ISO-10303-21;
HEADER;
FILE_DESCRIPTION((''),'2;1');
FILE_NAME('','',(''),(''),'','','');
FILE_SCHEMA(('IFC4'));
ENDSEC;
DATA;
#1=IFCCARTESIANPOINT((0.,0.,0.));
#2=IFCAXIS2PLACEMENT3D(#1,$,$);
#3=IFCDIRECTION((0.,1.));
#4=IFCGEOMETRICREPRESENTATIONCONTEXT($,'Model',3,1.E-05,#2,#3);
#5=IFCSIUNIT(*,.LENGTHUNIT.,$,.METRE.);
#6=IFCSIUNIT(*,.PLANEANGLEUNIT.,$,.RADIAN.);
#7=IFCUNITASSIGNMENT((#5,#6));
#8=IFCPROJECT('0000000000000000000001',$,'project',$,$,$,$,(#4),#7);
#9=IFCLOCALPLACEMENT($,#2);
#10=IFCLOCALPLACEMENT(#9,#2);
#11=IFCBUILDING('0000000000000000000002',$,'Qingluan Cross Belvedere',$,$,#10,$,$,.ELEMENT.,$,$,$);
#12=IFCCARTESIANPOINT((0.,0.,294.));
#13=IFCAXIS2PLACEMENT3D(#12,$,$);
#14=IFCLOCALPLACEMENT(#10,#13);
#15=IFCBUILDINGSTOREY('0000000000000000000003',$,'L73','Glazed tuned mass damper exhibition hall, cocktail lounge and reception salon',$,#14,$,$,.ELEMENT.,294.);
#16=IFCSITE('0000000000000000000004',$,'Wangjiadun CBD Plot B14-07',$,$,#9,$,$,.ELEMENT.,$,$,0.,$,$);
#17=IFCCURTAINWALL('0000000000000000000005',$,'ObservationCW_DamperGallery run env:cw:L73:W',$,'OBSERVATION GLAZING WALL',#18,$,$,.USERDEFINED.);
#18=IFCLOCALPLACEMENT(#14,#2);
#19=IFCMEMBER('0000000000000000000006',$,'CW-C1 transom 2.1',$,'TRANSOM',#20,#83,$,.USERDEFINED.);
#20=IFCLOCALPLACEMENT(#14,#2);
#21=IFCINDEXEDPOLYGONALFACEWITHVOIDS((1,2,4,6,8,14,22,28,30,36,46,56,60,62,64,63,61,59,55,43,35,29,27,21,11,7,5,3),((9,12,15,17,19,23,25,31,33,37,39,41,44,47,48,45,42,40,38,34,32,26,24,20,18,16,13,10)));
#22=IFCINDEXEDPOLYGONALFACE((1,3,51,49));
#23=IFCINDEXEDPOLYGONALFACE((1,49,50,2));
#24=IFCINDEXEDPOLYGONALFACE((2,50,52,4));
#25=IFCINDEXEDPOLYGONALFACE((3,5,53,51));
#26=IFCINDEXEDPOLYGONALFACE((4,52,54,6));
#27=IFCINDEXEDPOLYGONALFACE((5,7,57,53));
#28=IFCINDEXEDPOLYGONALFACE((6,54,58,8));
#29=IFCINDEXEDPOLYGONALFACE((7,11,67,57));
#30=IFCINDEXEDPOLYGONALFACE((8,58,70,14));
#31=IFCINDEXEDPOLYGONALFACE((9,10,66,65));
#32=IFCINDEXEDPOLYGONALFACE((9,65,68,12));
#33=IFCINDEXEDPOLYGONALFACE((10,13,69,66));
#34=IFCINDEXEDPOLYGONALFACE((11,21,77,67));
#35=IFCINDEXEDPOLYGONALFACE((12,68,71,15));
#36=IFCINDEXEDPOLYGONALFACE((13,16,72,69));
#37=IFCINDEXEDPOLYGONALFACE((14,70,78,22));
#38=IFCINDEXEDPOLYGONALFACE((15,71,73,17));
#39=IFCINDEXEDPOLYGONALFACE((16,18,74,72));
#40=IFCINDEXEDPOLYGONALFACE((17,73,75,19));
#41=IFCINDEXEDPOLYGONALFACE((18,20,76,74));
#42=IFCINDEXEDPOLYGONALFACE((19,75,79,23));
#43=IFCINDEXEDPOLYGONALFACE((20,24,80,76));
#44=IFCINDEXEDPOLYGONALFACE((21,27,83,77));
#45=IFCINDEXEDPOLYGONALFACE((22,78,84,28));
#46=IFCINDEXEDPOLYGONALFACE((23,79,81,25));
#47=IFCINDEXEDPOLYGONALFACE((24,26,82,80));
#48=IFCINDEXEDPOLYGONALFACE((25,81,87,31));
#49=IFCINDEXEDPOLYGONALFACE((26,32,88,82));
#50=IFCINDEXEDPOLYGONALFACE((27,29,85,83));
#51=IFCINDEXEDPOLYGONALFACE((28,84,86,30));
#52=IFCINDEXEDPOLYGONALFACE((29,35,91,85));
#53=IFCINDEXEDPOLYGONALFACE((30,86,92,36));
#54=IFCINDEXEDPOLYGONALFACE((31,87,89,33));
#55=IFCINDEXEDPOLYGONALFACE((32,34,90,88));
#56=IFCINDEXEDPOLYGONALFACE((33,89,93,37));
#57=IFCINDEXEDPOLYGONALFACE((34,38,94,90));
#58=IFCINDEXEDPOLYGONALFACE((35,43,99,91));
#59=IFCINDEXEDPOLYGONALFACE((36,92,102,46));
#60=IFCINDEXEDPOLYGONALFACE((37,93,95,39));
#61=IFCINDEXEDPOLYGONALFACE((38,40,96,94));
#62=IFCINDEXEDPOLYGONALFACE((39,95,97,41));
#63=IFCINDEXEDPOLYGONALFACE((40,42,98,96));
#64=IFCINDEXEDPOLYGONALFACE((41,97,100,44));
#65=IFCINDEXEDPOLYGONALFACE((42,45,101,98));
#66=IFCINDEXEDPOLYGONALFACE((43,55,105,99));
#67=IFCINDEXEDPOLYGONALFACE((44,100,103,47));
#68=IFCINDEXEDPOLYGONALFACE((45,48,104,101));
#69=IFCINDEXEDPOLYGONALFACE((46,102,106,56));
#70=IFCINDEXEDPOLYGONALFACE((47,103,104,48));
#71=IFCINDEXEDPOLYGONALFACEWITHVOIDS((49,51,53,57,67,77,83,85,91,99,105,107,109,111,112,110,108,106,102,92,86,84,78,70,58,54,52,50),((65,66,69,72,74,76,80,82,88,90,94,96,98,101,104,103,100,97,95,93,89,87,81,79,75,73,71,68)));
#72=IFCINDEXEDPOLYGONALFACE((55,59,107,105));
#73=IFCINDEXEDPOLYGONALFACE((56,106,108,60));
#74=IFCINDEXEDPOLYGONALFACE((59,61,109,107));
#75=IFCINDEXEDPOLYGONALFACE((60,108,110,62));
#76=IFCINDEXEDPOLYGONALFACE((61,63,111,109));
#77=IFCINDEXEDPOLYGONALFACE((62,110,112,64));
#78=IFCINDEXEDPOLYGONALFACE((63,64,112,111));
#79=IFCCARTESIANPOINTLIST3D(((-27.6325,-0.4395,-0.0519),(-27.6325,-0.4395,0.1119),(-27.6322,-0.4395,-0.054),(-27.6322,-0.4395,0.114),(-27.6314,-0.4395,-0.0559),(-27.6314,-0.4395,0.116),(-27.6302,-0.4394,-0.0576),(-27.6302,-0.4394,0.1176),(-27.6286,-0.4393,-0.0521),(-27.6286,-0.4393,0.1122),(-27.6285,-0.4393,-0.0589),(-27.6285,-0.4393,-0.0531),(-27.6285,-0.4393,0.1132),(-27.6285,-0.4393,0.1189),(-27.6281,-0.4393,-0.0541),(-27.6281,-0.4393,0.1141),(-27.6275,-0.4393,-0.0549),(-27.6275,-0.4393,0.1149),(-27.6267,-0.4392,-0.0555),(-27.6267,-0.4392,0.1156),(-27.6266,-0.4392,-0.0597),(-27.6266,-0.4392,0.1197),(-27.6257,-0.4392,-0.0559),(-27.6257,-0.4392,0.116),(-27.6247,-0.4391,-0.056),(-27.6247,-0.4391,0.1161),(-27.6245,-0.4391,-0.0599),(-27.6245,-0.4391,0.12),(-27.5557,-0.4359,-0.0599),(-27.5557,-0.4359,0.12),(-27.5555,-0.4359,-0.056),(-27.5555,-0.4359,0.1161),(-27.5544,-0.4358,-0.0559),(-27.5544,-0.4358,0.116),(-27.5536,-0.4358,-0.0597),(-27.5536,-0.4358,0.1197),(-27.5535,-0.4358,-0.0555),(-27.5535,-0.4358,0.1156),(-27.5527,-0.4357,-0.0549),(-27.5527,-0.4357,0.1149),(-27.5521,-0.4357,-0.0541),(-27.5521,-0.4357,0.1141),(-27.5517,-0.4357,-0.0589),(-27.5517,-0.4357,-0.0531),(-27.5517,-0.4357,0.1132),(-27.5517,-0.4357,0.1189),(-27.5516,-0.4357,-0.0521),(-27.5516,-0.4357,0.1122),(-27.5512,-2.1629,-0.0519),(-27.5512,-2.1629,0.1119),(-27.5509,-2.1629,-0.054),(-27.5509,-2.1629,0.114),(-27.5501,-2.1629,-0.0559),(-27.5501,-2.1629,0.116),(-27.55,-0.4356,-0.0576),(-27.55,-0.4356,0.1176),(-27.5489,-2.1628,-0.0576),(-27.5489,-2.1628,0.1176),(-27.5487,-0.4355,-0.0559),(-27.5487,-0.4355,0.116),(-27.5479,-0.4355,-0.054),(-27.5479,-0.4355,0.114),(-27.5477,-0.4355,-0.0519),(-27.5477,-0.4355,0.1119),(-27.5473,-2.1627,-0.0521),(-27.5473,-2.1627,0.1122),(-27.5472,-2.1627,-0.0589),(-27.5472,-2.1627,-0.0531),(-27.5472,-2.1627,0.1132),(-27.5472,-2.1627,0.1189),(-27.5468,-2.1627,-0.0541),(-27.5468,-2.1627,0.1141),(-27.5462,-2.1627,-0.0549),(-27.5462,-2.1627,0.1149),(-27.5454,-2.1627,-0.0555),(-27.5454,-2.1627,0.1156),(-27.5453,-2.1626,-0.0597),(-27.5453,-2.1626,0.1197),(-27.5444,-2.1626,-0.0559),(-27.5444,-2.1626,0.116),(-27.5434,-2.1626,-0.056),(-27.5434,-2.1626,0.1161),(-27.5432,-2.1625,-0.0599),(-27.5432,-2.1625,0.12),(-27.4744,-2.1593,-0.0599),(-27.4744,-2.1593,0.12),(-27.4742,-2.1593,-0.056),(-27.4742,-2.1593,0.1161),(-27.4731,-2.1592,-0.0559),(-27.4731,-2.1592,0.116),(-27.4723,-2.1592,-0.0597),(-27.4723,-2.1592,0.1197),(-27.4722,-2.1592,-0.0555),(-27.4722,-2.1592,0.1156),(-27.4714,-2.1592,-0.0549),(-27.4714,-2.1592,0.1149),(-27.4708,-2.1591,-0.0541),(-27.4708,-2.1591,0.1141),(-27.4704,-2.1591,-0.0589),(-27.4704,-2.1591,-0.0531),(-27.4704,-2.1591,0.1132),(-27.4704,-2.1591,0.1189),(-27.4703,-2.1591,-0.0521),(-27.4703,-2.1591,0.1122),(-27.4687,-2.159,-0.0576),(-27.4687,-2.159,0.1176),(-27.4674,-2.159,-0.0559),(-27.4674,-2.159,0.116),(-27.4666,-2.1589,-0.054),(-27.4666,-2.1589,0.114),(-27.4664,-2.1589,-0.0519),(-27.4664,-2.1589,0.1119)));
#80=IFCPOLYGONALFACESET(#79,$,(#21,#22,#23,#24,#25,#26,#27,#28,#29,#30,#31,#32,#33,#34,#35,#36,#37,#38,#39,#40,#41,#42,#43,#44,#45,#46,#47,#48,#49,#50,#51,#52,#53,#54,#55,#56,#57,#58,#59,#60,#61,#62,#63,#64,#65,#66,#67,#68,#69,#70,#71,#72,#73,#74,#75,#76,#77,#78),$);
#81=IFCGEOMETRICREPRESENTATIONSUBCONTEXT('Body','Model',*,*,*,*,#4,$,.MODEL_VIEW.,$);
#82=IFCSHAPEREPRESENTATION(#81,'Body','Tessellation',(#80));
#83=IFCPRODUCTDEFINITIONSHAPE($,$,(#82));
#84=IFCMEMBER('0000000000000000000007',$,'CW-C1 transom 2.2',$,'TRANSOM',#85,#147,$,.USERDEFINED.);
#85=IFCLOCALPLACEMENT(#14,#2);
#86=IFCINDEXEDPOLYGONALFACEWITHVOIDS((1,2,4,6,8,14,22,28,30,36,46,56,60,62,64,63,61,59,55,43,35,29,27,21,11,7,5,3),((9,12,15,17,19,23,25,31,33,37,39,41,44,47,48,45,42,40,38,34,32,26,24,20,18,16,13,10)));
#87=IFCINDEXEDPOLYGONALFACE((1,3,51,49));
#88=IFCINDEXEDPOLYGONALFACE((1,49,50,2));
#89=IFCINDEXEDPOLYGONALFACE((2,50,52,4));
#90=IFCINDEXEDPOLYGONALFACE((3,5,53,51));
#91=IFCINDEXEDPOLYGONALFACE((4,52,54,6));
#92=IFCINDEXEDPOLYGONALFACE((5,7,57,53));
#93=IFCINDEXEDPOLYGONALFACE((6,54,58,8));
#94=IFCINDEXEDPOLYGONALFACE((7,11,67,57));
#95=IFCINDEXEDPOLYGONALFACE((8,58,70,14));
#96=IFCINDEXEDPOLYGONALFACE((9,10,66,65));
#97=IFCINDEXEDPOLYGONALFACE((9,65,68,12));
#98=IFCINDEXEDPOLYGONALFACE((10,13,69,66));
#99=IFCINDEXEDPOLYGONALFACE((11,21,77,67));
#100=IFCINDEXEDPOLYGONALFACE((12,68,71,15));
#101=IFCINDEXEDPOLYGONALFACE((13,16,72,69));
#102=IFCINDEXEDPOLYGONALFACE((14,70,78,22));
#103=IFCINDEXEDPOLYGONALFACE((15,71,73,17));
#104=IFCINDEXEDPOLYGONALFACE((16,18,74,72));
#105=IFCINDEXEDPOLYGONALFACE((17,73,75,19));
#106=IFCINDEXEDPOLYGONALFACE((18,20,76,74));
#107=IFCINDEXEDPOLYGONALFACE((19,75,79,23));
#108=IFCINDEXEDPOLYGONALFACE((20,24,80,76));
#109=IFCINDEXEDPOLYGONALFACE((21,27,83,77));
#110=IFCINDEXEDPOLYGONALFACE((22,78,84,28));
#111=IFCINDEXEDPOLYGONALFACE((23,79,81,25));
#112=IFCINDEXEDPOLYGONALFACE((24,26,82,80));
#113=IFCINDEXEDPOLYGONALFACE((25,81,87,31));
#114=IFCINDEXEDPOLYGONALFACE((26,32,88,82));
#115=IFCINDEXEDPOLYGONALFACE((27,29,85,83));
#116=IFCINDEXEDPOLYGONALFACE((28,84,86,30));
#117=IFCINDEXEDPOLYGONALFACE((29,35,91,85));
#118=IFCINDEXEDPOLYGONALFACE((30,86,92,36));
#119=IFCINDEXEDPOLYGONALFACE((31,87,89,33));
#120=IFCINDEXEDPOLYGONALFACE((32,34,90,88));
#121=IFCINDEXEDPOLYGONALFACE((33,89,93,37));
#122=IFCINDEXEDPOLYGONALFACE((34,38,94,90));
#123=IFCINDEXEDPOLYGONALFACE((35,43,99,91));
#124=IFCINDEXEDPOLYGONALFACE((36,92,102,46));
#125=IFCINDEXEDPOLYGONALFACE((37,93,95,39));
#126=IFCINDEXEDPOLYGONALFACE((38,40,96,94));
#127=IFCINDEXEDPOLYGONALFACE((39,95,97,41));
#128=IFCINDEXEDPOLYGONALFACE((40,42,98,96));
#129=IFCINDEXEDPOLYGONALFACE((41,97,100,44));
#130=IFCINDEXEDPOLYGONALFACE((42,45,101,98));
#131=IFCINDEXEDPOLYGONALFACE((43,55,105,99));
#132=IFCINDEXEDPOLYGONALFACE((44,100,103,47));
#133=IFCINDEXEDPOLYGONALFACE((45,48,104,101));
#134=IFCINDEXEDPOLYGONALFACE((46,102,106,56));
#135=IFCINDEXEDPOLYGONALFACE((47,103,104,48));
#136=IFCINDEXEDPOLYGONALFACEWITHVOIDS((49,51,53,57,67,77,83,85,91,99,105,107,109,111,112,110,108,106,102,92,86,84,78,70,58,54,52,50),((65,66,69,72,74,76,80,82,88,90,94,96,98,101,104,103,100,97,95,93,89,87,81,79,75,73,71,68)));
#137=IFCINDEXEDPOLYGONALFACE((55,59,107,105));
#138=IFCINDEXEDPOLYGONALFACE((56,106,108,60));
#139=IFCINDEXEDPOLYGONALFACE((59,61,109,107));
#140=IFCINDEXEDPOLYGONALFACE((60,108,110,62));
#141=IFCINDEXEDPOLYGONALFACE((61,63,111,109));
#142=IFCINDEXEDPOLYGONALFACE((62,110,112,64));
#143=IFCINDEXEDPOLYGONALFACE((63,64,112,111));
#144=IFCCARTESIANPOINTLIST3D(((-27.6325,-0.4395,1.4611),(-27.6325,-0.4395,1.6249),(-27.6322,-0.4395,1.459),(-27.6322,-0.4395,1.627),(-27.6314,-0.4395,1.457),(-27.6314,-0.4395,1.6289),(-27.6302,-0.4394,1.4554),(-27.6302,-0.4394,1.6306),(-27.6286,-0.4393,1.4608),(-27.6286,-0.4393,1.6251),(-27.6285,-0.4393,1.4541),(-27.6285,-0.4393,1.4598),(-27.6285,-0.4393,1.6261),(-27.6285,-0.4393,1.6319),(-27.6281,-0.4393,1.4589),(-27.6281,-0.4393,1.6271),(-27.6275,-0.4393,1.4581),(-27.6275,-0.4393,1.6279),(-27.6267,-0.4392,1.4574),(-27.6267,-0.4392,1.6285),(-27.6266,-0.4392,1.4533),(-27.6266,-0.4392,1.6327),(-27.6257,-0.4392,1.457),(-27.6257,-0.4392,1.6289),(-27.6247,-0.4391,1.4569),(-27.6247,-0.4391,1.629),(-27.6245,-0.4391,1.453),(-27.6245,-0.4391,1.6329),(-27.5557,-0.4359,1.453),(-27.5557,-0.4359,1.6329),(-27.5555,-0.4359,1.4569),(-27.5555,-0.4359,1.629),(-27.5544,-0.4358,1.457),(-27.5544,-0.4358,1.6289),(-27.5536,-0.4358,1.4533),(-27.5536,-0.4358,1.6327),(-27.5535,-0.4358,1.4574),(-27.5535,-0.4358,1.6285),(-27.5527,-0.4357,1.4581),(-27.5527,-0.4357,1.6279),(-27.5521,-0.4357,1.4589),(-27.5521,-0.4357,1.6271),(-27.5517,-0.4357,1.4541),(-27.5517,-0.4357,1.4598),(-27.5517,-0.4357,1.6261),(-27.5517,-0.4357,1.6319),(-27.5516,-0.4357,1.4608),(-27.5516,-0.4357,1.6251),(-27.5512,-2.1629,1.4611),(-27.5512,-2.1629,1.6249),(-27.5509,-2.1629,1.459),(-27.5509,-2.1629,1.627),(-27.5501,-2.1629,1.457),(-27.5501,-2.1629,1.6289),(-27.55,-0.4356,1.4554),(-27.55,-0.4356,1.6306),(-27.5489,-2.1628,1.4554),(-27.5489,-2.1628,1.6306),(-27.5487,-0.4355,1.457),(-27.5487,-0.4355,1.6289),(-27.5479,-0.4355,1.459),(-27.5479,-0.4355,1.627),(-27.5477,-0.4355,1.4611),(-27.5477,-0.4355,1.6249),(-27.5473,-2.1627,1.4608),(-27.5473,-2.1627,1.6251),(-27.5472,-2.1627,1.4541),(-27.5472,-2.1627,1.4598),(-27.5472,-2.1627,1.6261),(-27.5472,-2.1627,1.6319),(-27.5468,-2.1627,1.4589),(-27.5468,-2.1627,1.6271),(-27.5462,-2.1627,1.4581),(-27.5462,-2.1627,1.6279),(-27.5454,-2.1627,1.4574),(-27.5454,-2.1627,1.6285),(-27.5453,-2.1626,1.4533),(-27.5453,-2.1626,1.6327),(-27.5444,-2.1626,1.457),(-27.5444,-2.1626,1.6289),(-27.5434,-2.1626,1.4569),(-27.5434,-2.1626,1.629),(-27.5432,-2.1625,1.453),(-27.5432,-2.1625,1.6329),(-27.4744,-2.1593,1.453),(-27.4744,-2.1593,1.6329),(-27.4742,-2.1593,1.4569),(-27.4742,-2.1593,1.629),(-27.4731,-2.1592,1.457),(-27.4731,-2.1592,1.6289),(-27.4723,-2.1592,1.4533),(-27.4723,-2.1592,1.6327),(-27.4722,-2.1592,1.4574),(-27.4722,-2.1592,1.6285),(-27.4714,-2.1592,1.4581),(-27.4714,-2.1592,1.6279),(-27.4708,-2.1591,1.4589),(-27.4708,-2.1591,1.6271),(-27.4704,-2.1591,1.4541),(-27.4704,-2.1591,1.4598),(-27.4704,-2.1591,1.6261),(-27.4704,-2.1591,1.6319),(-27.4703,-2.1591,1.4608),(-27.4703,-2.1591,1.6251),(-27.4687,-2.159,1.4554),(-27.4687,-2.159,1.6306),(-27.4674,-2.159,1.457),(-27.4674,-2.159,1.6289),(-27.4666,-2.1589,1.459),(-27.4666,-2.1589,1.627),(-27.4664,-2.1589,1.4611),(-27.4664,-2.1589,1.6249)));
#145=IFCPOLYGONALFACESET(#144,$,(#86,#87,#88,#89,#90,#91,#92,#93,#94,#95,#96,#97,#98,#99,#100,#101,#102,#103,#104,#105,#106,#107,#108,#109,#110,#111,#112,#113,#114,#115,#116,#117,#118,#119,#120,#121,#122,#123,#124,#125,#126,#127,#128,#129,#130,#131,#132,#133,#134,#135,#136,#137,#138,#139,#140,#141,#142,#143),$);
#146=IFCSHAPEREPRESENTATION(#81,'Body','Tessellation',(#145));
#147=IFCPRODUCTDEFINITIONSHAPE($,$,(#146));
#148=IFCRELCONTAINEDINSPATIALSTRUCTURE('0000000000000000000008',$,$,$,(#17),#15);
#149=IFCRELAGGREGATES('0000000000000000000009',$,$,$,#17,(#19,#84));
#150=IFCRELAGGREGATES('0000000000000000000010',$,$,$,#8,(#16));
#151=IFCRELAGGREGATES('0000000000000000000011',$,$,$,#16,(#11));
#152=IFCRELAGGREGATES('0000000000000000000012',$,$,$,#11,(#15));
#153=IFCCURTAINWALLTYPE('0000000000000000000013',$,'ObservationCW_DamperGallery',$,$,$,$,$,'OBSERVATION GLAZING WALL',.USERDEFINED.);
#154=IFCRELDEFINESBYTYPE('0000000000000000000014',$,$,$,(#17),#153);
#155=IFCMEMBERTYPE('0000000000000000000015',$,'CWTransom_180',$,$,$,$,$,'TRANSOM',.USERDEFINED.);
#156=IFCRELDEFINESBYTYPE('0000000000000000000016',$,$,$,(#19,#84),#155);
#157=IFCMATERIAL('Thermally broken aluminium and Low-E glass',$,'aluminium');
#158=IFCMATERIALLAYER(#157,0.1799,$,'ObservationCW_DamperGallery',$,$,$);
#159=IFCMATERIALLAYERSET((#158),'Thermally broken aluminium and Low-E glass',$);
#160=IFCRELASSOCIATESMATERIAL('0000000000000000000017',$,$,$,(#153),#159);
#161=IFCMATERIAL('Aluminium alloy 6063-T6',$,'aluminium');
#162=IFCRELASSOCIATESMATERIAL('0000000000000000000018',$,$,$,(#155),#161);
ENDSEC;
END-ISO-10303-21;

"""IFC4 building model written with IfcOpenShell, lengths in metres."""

from ifc_helpers import new_model, si_unit, direction, frame, origin, origin_2d, place, context, subcontext, project, spatial, hollow_rectangle, extrude, material, layer, layer_set, material_profile, profile_set, type_object, element, aggregate, save


model = new_model("IFC4")

# Units and contexts
model_context = context("Model", 3, precision=1e-05, world=origin(), true_north=direction((0.0, 1.0)))
body_context = subcontext(model_context, "Body", "Model", "MODEL_VIEW")
ifc_project = project(units=[si_unit("LENGTHUNIT", "METRE"), si_unit("PLANEANGLEUNIT", "RADIAN")], contexts=[model_context])

# Site, building, storey
site_placement = place(None, origin())
site = spatial("IfcSite", under=ifc_project, at=site_placement, Name="Wangjiadun CBD Plot B14-07", CompositionType="ELEMENT", RefElevation=0.0)
building_placement = place(site_placement, origin())
building = spatial("IfcBuilding", under=site, at=building_placement, Name="Qingluan Cross Belvedere", CompositionType="ELEMENT")
storey_placement = place(building_placement, frame((0.0, 0.0, 294.0)))
storey = spatial("IfcBuildingStorey", under=building, at=storey_placement, Name="L73", Description="Glazed tuned mass damper exhibition hall, cocktail lounge and reception salon", CompositionType="ELEMENT", Elevation=294.0)

# Curtain wall, members
ifc_material_1 = material(Name="Thermally broken aluminium and Low-E glass", Category="aluminium")
ifc_layer_1 = layer(ifc_material_1, 0.1799, Name="ObservationCW_DamperGallery")
ifc_layer_set_1 = layer_set([ifc_layer_1], Name="Thermally broken aluminium and Low-E glass")
curtain_wall_type = type_object("IfcCurtainWallType", Name="ObservationCW_DamperGallery", ElementType="OBSERVATION GLAZING WALL", PredefinedType="USERDEFINED", material=ifc_layer_set_1)
curtain_wall_placement = place(storey_placement, origin())
curtain_wall = element("IfcCurtainWall", 1, at=curtain_wall_placement, inside=storey, type_object=curtain_wall_type, Name="ObservationCW_DamperGallery run env:cw:L73:W", ObjectType="OBSERVATION GLAZING WALL", PredefinedType="USERDEFINED")
ifc_material_2 = material(Name="Aluminium alloy 6063-T6", Category="aluminium")
ifc_material_profile_1 = material_profile(ifc_material_2, hollow_rectangle(XDim=0.085, YDim=0.1799, WallThickness=0.0039, InnerFilletRadius=0.0039, OuterFilletRadius=0.0081, at=origin_2d()), Name="CWT180x85x4")
ifc_profile_set_1 = profile_set([ifc_material_profile_1], Name="Aluminium alloy 6063-T6")
member_type_1 = type_object("IfcMemberType", Name="CWTransom_180", ElementType="TRANSOM", PredefinedType="USERDEFINED", material=ifc_profile_set_1)
member_1_placement = place(storey_placement, frame((-27.5901, -0.4375, 0.03), z_axis=(0.047121, -0.998889, 0.0), x_axis=(0.998889, 0.047121, 0.0)))
member_1 = element("IfcMember", 2, at=member_1_placement, type_object=member_type_1, Name="CW-C1 transom 2.1", ObjectType="TRANSOM", PredefinedType="USERDEFINED", context=body_context, shape_type="SweptSolid", body=[
    extrude(hollow_rectangle(XDim=0.085, YDim=0.1799, WallThickness=0.0039, InnerFilletRadius=0.0039, OuterFilletRadius=0.0081, at=origin_2d()), origin(), (0.0, 0.0, 1.0), 1.7253),
])
member_2_placement = place(storey_placement, frame((-27.5901, -0.4375, 1.543), z_axis=(0.047121, -0.998889, 0.0), x_axis=(0.998889, 0.047121, 0.0)))
member_2 = element("IfcMember", 3, at=member_2_placement, type_object=member_type_1, Name="CW-C1 transom 2.2", ObjectType="TRANSOM", PredefinedType="USERDEFINED", context=body_context, shape_type="SweptSolid", body=[
    extrude(hollow_rectangle(XDim=0.085, YDim=0.1799, WallThickness=0.0039, InnerFilletRadius=0.0039, OuterFilletRadius=0.0081, at=origin_2d()), origin(), (0.0, 0.0, 1.0), 1.7253),
])
aggregate(curtain_wall, [member_1, member_2])

save(model, "model.ifc")
